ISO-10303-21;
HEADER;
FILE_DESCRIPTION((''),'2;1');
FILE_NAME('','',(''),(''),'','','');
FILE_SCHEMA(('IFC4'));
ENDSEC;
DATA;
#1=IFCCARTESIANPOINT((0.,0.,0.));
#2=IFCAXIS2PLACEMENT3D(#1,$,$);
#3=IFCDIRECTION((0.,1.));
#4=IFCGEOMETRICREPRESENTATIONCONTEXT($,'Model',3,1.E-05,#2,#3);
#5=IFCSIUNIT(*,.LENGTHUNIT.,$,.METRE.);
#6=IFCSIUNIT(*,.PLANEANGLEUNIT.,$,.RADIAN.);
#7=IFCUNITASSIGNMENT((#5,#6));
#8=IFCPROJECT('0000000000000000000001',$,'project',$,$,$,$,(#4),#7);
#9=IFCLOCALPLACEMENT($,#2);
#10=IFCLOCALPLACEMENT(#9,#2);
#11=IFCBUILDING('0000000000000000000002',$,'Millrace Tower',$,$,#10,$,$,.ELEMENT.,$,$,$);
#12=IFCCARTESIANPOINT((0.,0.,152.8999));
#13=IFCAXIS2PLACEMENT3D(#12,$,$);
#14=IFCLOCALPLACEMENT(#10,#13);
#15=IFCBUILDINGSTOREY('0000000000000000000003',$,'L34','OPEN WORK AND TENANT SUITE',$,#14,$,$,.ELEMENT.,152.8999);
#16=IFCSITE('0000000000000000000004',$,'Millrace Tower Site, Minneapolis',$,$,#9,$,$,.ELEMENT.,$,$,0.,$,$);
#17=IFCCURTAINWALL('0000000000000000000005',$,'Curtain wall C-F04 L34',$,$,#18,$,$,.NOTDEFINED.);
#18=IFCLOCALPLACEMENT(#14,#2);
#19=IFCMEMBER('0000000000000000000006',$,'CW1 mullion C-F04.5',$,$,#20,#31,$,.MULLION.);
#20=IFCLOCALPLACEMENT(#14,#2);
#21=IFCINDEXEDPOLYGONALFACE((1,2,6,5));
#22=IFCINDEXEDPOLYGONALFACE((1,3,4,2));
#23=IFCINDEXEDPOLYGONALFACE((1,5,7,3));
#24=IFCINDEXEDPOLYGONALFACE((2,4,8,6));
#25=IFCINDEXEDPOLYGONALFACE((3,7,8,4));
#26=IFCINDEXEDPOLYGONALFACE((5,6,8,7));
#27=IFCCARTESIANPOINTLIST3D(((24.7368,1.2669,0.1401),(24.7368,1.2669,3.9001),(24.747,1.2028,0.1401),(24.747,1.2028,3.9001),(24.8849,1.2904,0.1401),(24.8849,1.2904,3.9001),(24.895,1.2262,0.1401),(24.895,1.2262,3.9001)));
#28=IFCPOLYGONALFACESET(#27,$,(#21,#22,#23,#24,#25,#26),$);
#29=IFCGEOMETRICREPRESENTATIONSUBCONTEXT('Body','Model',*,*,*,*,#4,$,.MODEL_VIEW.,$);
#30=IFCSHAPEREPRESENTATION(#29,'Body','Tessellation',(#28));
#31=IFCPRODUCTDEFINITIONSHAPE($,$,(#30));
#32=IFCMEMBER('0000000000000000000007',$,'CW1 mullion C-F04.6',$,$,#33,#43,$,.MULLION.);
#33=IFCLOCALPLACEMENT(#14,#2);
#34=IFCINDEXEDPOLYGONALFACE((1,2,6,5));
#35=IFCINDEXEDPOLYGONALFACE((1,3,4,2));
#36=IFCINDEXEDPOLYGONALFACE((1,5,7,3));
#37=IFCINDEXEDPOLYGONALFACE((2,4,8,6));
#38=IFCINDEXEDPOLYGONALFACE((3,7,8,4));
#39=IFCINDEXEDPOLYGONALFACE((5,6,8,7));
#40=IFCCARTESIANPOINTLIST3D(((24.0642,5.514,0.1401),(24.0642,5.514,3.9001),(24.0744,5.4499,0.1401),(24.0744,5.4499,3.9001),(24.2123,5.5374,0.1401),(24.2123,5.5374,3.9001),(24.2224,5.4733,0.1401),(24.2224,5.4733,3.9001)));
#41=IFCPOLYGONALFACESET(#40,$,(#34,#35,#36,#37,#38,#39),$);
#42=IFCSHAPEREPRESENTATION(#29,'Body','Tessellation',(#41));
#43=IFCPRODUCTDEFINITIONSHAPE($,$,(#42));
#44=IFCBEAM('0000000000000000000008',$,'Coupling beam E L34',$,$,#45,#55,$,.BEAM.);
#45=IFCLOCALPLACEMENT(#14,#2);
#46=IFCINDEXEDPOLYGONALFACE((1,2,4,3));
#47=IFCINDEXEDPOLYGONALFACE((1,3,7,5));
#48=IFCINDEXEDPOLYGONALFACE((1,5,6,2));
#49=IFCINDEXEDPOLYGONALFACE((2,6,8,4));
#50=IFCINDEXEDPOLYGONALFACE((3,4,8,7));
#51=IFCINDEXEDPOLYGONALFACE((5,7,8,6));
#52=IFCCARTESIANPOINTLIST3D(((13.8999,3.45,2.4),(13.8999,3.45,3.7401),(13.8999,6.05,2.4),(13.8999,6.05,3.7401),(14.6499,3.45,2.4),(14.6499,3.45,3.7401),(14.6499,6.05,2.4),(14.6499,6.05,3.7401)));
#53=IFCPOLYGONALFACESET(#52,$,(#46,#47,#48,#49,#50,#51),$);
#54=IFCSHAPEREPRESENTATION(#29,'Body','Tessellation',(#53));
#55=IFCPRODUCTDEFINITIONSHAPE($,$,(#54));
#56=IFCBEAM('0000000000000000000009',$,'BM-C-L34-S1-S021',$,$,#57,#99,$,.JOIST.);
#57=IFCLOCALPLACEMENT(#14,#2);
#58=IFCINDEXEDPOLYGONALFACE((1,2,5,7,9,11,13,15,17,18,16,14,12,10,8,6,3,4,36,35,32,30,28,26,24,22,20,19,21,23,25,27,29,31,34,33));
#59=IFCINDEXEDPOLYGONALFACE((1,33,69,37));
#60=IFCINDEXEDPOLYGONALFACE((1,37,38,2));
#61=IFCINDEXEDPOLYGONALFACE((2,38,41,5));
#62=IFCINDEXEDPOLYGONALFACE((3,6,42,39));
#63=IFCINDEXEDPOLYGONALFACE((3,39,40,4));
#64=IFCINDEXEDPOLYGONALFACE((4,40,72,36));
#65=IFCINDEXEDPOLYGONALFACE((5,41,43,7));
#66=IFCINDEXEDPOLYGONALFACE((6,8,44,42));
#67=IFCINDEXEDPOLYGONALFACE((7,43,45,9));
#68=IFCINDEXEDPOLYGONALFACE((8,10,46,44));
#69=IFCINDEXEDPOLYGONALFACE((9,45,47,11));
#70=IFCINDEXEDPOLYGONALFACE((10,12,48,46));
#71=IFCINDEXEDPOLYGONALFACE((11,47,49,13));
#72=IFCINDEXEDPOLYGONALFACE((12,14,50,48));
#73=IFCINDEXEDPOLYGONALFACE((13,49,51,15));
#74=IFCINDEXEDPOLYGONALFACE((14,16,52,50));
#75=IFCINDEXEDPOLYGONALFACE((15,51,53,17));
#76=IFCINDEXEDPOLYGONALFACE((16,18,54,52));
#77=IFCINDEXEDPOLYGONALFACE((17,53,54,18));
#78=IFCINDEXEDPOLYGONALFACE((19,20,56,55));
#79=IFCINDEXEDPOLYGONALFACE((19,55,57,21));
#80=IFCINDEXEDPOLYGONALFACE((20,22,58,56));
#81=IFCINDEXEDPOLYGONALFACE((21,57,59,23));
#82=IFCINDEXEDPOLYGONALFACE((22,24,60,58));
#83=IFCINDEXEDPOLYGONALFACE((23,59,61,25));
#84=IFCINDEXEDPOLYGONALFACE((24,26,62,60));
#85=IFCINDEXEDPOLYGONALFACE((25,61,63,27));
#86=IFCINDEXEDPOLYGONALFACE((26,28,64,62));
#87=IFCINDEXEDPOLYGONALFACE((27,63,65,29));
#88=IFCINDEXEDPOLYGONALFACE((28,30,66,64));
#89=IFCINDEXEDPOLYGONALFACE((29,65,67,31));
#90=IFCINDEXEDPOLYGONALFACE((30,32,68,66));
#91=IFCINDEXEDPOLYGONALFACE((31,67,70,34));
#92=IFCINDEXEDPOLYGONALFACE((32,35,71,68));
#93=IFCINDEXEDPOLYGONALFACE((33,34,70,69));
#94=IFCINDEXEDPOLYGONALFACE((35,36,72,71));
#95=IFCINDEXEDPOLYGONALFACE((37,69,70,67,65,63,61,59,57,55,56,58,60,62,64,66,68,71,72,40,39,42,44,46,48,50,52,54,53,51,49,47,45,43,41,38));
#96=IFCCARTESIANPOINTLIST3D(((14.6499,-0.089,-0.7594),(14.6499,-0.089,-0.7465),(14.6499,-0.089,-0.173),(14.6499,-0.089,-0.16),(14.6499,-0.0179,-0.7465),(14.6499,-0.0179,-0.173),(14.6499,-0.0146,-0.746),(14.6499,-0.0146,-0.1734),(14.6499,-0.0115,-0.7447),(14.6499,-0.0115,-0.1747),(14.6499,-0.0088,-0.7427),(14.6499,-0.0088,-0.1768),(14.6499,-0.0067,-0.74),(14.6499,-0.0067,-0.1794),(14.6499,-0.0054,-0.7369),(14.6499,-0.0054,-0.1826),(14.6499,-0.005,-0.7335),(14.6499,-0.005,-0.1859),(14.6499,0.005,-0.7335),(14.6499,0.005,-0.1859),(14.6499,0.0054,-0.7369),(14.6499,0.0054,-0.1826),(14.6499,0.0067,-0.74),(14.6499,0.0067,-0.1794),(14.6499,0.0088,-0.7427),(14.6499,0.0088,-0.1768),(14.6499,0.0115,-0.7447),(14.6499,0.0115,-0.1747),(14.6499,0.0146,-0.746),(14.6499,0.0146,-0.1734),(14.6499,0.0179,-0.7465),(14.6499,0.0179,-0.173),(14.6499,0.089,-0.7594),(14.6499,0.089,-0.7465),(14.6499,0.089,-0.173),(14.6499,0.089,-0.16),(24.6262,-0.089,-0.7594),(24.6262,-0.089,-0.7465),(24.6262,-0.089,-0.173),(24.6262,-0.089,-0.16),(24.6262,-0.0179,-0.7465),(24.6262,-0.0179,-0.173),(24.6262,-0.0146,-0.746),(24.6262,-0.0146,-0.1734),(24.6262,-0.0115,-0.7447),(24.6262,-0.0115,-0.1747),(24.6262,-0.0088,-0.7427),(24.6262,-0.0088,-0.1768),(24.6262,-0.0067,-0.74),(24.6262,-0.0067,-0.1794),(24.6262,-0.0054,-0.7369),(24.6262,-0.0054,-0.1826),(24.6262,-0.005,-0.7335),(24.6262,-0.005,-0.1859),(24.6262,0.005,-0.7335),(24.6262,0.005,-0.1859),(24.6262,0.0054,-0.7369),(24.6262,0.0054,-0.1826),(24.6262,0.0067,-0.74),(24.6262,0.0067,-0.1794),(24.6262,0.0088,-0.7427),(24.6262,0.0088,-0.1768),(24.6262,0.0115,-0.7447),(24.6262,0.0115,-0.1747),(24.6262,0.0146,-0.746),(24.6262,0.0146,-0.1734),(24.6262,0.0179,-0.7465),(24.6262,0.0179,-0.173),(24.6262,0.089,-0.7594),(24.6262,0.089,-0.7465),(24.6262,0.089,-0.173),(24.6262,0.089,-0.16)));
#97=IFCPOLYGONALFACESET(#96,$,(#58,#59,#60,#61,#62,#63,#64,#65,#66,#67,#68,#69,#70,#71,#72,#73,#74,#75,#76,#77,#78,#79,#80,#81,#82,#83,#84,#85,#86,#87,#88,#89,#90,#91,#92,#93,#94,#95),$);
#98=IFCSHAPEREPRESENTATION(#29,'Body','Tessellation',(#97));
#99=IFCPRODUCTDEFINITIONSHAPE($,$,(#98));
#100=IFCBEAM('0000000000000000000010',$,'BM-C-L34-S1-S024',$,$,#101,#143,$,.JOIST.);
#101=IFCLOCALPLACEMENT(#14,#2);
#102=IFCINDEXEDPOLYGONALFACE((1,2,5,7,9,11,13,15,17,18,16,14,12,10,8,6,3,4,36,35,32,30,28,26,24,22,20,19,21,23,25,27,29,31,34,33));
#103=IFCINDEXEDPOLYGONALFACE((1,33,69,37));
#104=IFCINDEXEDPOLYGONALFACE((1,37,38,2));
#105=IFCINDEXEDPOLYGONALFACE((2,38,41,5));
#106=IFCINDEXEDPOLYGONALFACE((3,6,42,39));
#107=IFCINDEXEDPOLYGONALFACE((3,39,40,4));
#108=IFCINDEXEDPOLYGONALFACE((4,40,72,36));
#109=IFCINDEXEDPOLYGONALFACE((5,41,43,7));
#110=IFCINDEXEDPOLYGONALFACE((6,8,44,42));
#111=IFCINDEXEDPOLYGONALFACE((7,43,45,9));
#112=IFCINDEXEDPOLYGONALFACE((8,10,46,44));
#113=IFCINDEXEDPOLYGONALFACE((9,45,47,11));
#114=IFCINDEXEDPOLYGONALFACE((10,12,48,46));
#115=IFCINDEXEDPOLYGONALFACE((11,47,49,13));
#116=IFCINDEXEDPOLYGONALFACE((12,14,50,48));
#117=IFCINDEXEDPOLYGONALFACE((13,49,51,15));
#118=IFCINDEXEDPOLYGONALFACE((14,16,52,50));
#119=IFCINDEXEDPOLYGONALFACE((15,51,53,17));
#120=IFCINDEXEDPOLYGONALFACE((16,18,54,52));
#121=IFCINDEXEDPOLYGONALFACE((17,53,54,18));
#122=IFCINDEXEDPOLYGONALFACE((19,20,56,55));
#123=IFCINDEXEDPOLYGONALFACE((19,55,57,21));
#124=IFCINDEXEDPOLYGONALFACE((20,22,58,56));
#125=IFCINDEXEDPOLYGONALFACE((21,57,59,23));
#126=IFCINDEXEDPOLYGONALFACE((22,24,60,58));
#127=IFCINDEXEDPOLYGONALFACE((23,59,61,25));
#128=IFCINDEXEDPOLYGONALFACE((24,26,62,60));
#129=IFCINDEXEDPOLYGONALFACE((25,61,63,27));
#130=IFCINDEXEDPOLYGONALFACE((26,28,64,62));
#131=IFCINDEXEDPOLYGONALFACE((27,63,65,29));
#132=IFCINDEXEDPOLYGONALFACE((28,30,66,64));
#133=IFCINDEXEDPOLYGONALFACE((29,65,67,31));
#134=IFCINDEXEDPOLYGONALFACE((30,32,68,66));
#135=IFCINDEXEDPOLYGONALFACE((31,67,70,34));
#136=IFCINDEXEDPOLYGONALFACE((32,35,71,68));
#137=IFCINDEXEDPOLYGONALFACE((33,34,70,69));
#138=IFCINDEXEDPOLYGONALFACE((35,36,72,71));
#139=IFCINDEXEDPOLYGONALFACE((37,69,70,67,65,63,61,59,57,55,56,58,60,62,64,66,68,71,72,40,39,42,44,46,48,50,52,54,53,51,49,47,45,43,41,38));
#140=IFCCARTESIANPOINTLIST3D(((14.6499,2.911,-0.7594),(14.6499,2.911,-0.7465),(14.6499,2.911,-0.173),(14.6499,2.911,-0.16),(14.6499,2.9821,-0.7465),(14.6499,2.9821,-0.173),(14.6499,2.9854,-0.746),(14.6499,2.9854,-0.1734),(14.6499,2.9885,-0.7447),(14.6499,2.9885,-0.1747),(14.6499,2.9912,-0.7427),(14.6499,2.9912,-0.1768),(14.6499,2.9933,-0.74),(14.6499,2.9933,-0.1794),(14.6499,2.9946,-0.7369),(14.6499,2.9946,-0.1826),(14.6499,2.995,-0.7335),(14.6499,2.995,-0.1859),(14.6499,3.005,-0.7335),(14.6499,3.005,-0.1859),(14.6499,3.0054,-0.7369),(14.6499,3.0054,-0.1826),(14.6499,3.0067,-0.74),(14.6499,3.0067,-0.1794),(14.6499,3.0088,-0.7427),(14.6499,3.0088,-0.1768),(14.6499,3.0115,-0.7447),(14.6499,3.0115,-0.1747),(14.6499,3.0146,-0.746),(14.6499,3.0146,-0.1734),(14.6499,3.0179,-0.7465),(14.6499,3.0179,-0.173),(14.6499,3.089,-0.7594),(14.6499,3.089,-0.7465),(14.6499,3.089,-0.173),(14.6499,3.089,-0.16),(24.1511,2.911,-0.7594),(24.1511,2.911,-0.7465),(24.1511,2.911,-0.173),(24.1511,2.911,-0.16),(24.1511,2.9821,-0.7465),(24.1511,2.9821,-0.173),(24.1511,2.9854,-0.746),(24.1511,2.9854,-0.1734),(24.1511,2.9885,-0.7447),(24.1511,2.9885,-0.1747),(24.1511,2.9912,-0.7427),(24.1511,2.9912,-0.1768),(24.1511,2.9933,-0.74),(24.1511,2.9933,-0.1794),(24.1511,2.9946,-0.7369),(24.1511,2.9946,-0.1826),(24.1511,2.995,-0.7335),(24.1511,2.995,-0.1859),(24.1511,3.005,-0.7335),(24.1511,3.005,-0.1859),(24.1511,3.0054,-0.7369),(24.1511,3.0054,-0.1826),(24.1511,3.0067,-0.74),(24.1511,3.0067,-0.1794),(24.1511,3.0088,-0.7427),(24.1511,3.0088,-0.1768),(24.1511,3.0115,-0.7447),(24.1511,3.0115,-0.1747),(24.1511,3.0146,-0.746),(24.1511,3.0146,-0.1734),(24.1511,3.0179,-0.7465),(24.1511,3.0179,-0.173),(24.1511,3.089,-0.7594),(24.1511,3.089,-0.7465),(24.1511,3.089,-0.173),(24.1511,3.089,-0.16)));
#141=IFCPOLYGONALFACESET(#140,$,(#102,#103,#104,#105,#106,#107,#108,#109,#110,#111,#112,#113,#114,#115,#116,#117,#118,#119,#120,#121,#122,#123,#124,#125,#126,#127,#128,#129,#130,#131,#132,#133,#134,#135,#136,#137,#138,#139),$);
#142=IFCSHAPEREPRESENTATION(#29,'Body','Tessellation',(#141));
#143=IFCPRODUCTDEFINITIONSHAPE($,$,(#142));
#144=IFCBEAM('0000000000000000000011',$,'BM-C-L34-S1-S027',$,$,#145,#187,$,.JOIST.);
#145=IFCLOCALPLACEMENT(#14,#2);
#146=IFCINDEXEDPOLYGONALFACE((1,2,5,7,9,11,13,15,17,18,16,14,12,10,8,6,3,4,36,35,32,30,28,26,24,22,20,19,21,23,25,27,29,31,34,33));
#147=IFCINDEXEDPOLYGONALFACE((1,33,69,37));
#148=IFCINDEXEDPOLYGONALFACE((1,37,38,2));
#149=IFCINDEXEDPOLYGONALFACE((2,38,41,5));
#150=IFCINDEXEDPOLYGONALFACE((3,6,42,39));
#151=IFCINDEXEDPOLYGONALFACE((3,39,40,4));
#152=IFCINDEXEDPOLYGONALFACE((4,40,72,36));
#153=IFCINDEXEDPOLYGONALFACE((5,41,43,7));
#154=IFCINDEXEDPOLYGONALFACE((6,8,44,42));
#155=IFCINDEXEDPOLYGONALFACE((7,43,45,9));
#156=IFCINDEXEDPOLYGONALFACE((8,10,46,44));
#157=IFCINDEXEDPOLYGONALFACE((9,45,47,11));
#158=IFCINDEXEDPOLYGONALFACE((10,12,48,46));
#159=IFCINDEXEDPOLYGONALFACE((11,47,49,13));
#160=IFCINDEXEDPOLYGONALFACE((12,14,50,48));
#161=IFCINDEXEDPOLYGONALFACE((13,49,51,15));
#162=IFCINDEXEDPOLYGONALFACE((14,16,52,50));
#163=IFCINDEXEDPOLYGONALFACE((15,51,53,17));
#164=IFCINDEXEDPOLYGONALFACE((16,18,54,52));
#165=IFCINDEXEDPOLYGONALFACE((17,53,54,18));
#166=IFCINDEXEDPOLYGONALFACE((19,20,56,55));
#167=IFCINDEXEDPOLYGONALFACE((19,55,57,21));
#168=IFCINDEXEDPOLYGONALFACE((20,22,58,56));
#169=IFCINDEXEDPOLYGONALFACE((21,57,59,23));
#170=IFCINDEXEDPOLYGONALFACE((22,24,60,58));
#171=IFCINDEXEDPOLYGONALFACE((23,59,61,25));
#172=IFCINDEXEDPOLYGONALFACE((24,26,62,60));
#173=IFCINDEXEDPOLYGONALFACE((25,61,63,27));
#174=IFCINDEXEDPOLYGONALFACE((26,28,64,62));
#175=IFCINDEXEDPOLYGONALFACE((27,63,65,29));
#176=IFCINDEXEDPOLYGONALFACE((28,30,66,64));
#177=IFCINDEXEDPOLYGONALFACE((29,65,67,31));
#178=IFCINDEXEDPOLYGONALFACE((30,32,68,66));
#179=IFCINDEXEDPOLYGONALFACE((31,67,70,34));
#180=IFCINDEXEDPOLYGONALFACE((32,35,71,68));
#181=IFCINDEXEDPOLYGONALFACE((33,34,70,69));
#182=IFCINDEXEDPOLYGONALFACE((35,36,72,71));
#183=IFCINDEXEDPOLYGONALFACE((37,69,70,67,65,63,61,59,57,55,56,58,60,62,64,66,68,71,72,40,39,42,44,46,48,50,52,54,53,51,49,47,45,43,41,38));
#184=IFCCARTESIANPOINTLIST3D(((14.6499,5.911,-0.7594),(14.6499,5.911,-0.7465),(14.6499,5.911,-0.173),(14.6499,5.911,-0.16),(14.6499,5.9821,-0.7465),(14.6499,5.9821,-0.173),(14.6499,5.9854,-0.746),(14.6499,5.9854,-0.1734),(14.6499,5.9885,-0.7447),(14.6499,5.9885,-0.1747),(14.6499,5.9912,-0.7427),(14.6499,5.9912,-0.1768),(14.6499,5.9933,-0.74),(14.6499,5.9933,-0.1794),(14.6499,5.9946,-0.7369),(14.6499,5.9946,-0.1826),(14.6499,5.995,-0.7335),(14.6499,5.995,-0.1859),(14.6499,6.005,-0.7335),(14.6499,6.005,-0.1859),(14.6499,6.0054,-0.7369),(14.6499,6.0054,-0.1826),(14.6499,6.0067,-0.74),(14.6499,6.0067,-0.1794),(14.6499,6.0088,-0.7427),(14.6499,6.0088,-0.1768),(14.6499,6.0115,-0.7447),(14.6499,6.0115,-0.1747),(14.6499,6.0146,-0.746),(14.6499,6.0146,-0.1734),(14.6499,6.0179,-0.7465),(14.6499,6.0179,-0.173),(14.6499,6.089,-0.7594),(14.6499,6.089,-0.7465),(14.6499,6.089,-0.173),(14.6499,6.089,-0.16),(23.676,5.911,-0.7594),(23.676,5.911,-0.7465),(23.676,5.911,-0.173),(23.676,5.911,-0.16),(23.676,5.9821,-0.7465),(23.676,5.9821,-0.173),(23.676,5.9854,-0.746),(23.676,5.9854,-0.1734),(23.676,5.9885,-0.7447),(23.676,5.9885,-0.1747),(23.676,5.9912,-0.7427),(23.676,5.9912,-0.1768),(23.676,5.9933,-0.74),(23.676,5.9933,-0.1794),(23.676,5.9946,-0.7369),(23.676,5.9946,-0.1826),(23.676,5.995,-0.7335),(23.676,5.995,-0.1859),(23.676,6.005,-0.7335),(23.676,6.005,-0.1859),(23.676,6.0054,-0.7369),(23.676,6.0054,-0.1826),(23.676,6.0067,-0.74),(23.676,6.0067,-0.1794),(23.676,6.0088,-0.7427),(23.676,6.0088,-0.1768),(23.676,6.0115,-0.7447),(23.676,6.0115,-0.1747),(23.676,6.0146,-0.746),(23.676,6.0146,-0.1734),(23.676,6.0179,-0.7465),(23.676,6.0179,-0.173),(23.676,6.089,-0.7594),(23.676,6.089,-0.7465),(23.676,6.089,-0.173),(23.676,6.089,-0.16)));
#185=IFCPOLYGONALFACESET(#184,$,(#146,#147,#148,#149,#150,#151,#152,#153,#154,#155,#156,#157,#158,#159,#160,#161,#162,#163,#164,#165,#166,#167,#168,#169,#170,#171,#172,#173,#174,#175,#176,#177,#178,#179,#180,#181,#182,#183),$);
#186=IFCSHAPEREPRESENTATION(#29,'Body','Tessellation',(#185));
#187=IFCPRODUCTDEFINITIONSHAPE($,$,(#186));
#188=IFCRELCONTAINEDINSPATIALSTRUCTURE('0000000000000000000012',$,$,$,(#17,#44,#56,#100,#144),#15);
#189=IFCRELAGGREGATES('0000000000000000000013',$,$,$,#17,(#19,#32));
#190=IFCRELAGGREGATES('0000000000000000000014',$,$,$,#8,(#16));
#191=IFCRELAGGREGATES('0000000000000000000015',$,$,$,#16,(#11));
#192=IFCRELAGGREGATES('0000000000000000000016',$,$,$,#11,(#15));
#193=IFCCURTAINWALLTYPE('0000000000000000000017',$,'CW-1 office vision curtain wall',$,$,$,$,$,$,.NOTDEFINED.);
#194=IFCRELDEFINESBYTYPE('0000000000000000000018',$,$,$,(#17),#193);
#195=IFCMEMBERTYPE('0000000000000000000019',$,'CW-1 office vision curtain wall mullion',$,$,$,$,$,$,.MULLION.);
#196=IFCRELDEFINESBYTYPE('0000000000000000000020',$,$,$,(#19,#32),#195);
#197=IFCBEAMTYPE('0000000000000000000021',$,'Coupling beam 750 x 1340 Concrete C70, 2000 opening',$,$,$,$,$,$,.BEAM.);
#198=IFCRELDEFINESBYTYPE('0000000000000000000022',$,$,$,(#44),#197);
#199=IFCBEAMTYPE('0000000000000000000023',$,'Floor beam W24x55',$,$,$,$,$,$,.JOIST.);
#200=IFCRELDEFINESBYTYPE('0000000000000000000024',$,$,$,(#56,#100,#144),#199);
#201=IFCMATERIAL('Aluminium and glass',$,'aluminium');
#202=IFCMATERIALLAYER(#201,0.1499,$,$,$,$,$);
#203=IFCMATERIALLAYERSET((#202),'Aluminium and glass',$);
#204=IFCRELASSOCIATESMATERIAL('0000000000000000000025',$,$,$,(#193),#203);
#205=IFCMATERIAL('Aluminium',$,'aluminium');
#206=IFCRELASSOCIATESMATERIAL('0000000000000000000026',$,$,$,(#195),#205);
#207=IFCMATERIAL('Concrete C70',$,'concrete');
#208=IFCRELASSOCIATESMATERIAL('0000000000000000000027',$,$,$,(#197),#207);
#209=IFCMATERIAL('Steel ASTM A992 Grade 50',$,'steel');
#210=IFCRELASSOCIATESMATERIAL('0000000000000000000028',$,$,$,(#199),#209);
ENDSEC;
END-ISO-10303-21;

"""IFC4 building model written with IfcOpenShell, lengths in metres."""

from ifc_helpers import new_model, si_unit, direction, frame, origin, origin_2d, place, context, subcontext, project, spatial, rectangle, i_section, extrude, material, layer, layer_set, material_profile, profile_set, type_object, element, aggregate, save


model = new_model("IFC4")

# Units and contexts
model_context = context("Model", 3, precision=1e-05, world=origin(), true_north=direction((0.0, 1.0)))
body_context = subcontext(model_context, "Body", "Model", "MODEL_VIEW")
ifc_project = project(units=[si_unit("LENGTHUNIT", "METRE"), si_unit("PLANEANGLEUNIT", "RADIAN")], contexts=[model_context])

# Site, building, storey
site_placement = place(None, origin())
site = spatial("IfcSite", under=ifc_project, at=site_placement, Name="Millrace Tower Site, Minneapolis", CompositionType="ELEMENT", RefElevation=0.0)
building_placement = place(site_placement, origin())
building = spatial("IfcBuilding", under=site, at=building_placement, Name="Millrace Tower", CompositionType="ELEMENT")
storey_placement = place(building_placement, frame((0.0, 0.0, 152.8999)))
storey = spatial("IfcBuildingStorey", under=building, at=storey_placement, Name="L34", Description="OPEN WORK AND TENANT SUITE", CompositionType="ELEMENT", Elevation=152.8999)

# Curtain wall, members
ifc_material_1 = material(Name="Aluminium and glass", Category="aluminium")
ifc_layer_1 = layer(ifc_material_1, 0.1499)
ifc_layer_set_1 = layer_set([ifc_layer_1], Name="Aluminium and glass")
curtain_wall_type = type_object("IfcCurtainWallType", Name="CW-1 office vision curtain wall", PredefinedType="NOTDEFINED", material=ifc_layer_set_1)
curtain_wall_placement = place(storey_placement, origin())
curtain_wall = element("IfcCurtainWall", 1, at=curtain_wall_placement, inside=storey, type_object=curtain_wall_type, Name="Curtain wall C-F04 L34", PredefinedType="NOTDEFINED")
ifc_material_2 = material(Name="Aluminium", Category="aluminium")
ifc_material_profile_1 = material_profile(ifc_material_2, rectangle(XDim=0.0649, YDim=0.1499, at=origin_2d()))
ifc_profile_set_1 = profile_set([ifc_material_profile_1], Name="Aluminium")
member_type = type_object("IfcMemberType", Name="CW-1 office vision curtain wall mullion", PredefinedType="MULLION", material=ifc_profile_set_1)
member_1_placement = place(storey_placement, frame((24.8159, 1.2466, 0.1401), z_axis=(0.0, 0.0, 1.0), x_axis=(-0.156434, 0.987688, 0.0)))
member_1 = element("IfcMember", 2, at=member_1_placement, type_object=member_type, Name="CW1 mullion C-F04.5", PredefinedType="MULLION", context=body_context, shape_type="SweptSolid", body=[
    extrude(rectangle(XDim=0.0649, YDim=0.1499, at=origin_2d()), origin(), (0.0, 0.0, 1.0), 3.76),
])
member_2_placement = place(storey_placement, frame((24.1433, 5.4937, 0.1401), z_axis=(0.0, 0.0, 1.0), x_axis=(-0.156434, 0.987688, 0.0)))
member_2 = element("IfcMember", 3, at=member_2_placement, type_object=member_type, Name="CW1 mullion C-F04.6", PredefinedType="MULLION", context=body_context, shape_type="SweptSolid", body=[
    extrude(rectangle(XDim=0.0649, YDim=0.1499, at=origin_2d()), origin(), (0.0, 0.0, 1.0), 3.76),
])
aggregate(curtain_wall, [member_1, member_2])

# Beams
ifc_material_3 = material(Name="Concrete C70", Category="concrete")
ifc_material_profile_2 = material_profile(ifc_material_3, rectangle(XDim=0.75, YDim=1.3401, at=origin_2d()))
ifc_profile_set_2 = profile_set([ifc_material_profile_2], Name="Concrete C70")
beam_type_1 = type_object("IfcBeamType", Name="Coupling beam 750 x 1340 Concrete C70, 2000 opening", PredefinedType="BEAM", material=ifc_profile_set_2)
beam_1_placement = place(storey_placement, frame((14.2749, 6.05, 3.0701), z_axis=(0.0, -1.0, 0.0), x_axis=(1.0, 0.0, 0.0)))
element("IfcBeam", 4, at=beam_1_placement, inside=storey, type_object=beam_type_1, Name="Coupling beam E L34", PredefinedType="BEAM", context=body_context, shape_type="SweptSolid", body=[
    extrude(rectangle(XDim=0.75, YDim=1.3401, at=origin_2d()), origin(), (0.0, 0.0, 1.0), 2.6001),
])
ifc_material_4 = material(Name="Steel ASTM A992 Grade 50", Category="steel")
ifc_material_profile_3 = material_profile(ifc_material_4, i_section(OverallWidth=0.178, OverallDepth=0.5994, WebThickness=0.01, FlangeThickness=0.0129, FilletRadius=0.0129, at=origin_2d()))
ifc_profile_set_3 = profile_set([ifc_material_profile_3], Name="Steel ASTM A992 Grade 50")
beam_type_2 = type_object("IfcBeamType", Name="Floor beam W24x55", PredefinedType="JOIST", material=ifc_profile_set_3)
beam_2_placement = place(storey_placement, frame((14.6499, 0.0, -0.4597), z_axis=(1.0, 0.0, 0.0), x_axis=(0.0, 1.0, 0.0)))
element("IfcBeam", 5, at=beam_2_placement, inside=storey, type_object=beam_type_2, Name="BM-C-L34-S1-S021", PredefinedType="JOIST", context=body_context, shape_type="SweptSolid", body=[
    extrude(i_section(OverallWidth=0.178, OverallDepth=0.5994, WebThickness=0.01, FlangeThickness=0.0129, FilletRadius=0.0129, at=origin_2d()), origin(), (0.0, 0.0, 1.0), 9.9763),
])
beam_3_placement = place(storey_placement, frame((14.6499, 3.0, -0.4597), z_axis=(1.0, 0.0, 0.0), x_axis=(0.0, 1.0, 0.0)))
element("IfcBeam", 6, at=beam_3_placement, inside=storey, type_object=beam_type_2, Name="BM-C-L34-S1-S024", PredefinedType="JOIST", context=body_context, shape_type="SweptSolid", body=[
    extrude(i_section(OverallWidth=0.178, OverallDepth=0.5994, WebThickness=0.01, FlangeThickness=0.0129, FilletRadius=0.0129, at=origin_2d()), origin(), (0.0, 0.0, 1.0), 9.5012),
])
beam_4_placement = place(storey_placement, frame((14.6499, 6.0, -0.4597), z_axis=(1.0, 0.0, 0.0), x_axis=(0.0, 1.0, 0.0)))
element("IfcBeam", 7, at=beam_4_placement, inside=storey, type_object=beam_type_2, Name="BM-C-L34-S1-S027", PredefinedType="JOIST", context=body_context, shape_type="SweptSolid", body=[
    extrude(i_section(OverallWidth=0.178, OverallDepth=0.5994, WebThickness=0.01, FlangeThickness=0.0129, FilletRadius=0.0129, at=origin_2d()), origin(), (0.0, 0.0, 1.0), 9.0261),
])

save(model, "model.ifc")
